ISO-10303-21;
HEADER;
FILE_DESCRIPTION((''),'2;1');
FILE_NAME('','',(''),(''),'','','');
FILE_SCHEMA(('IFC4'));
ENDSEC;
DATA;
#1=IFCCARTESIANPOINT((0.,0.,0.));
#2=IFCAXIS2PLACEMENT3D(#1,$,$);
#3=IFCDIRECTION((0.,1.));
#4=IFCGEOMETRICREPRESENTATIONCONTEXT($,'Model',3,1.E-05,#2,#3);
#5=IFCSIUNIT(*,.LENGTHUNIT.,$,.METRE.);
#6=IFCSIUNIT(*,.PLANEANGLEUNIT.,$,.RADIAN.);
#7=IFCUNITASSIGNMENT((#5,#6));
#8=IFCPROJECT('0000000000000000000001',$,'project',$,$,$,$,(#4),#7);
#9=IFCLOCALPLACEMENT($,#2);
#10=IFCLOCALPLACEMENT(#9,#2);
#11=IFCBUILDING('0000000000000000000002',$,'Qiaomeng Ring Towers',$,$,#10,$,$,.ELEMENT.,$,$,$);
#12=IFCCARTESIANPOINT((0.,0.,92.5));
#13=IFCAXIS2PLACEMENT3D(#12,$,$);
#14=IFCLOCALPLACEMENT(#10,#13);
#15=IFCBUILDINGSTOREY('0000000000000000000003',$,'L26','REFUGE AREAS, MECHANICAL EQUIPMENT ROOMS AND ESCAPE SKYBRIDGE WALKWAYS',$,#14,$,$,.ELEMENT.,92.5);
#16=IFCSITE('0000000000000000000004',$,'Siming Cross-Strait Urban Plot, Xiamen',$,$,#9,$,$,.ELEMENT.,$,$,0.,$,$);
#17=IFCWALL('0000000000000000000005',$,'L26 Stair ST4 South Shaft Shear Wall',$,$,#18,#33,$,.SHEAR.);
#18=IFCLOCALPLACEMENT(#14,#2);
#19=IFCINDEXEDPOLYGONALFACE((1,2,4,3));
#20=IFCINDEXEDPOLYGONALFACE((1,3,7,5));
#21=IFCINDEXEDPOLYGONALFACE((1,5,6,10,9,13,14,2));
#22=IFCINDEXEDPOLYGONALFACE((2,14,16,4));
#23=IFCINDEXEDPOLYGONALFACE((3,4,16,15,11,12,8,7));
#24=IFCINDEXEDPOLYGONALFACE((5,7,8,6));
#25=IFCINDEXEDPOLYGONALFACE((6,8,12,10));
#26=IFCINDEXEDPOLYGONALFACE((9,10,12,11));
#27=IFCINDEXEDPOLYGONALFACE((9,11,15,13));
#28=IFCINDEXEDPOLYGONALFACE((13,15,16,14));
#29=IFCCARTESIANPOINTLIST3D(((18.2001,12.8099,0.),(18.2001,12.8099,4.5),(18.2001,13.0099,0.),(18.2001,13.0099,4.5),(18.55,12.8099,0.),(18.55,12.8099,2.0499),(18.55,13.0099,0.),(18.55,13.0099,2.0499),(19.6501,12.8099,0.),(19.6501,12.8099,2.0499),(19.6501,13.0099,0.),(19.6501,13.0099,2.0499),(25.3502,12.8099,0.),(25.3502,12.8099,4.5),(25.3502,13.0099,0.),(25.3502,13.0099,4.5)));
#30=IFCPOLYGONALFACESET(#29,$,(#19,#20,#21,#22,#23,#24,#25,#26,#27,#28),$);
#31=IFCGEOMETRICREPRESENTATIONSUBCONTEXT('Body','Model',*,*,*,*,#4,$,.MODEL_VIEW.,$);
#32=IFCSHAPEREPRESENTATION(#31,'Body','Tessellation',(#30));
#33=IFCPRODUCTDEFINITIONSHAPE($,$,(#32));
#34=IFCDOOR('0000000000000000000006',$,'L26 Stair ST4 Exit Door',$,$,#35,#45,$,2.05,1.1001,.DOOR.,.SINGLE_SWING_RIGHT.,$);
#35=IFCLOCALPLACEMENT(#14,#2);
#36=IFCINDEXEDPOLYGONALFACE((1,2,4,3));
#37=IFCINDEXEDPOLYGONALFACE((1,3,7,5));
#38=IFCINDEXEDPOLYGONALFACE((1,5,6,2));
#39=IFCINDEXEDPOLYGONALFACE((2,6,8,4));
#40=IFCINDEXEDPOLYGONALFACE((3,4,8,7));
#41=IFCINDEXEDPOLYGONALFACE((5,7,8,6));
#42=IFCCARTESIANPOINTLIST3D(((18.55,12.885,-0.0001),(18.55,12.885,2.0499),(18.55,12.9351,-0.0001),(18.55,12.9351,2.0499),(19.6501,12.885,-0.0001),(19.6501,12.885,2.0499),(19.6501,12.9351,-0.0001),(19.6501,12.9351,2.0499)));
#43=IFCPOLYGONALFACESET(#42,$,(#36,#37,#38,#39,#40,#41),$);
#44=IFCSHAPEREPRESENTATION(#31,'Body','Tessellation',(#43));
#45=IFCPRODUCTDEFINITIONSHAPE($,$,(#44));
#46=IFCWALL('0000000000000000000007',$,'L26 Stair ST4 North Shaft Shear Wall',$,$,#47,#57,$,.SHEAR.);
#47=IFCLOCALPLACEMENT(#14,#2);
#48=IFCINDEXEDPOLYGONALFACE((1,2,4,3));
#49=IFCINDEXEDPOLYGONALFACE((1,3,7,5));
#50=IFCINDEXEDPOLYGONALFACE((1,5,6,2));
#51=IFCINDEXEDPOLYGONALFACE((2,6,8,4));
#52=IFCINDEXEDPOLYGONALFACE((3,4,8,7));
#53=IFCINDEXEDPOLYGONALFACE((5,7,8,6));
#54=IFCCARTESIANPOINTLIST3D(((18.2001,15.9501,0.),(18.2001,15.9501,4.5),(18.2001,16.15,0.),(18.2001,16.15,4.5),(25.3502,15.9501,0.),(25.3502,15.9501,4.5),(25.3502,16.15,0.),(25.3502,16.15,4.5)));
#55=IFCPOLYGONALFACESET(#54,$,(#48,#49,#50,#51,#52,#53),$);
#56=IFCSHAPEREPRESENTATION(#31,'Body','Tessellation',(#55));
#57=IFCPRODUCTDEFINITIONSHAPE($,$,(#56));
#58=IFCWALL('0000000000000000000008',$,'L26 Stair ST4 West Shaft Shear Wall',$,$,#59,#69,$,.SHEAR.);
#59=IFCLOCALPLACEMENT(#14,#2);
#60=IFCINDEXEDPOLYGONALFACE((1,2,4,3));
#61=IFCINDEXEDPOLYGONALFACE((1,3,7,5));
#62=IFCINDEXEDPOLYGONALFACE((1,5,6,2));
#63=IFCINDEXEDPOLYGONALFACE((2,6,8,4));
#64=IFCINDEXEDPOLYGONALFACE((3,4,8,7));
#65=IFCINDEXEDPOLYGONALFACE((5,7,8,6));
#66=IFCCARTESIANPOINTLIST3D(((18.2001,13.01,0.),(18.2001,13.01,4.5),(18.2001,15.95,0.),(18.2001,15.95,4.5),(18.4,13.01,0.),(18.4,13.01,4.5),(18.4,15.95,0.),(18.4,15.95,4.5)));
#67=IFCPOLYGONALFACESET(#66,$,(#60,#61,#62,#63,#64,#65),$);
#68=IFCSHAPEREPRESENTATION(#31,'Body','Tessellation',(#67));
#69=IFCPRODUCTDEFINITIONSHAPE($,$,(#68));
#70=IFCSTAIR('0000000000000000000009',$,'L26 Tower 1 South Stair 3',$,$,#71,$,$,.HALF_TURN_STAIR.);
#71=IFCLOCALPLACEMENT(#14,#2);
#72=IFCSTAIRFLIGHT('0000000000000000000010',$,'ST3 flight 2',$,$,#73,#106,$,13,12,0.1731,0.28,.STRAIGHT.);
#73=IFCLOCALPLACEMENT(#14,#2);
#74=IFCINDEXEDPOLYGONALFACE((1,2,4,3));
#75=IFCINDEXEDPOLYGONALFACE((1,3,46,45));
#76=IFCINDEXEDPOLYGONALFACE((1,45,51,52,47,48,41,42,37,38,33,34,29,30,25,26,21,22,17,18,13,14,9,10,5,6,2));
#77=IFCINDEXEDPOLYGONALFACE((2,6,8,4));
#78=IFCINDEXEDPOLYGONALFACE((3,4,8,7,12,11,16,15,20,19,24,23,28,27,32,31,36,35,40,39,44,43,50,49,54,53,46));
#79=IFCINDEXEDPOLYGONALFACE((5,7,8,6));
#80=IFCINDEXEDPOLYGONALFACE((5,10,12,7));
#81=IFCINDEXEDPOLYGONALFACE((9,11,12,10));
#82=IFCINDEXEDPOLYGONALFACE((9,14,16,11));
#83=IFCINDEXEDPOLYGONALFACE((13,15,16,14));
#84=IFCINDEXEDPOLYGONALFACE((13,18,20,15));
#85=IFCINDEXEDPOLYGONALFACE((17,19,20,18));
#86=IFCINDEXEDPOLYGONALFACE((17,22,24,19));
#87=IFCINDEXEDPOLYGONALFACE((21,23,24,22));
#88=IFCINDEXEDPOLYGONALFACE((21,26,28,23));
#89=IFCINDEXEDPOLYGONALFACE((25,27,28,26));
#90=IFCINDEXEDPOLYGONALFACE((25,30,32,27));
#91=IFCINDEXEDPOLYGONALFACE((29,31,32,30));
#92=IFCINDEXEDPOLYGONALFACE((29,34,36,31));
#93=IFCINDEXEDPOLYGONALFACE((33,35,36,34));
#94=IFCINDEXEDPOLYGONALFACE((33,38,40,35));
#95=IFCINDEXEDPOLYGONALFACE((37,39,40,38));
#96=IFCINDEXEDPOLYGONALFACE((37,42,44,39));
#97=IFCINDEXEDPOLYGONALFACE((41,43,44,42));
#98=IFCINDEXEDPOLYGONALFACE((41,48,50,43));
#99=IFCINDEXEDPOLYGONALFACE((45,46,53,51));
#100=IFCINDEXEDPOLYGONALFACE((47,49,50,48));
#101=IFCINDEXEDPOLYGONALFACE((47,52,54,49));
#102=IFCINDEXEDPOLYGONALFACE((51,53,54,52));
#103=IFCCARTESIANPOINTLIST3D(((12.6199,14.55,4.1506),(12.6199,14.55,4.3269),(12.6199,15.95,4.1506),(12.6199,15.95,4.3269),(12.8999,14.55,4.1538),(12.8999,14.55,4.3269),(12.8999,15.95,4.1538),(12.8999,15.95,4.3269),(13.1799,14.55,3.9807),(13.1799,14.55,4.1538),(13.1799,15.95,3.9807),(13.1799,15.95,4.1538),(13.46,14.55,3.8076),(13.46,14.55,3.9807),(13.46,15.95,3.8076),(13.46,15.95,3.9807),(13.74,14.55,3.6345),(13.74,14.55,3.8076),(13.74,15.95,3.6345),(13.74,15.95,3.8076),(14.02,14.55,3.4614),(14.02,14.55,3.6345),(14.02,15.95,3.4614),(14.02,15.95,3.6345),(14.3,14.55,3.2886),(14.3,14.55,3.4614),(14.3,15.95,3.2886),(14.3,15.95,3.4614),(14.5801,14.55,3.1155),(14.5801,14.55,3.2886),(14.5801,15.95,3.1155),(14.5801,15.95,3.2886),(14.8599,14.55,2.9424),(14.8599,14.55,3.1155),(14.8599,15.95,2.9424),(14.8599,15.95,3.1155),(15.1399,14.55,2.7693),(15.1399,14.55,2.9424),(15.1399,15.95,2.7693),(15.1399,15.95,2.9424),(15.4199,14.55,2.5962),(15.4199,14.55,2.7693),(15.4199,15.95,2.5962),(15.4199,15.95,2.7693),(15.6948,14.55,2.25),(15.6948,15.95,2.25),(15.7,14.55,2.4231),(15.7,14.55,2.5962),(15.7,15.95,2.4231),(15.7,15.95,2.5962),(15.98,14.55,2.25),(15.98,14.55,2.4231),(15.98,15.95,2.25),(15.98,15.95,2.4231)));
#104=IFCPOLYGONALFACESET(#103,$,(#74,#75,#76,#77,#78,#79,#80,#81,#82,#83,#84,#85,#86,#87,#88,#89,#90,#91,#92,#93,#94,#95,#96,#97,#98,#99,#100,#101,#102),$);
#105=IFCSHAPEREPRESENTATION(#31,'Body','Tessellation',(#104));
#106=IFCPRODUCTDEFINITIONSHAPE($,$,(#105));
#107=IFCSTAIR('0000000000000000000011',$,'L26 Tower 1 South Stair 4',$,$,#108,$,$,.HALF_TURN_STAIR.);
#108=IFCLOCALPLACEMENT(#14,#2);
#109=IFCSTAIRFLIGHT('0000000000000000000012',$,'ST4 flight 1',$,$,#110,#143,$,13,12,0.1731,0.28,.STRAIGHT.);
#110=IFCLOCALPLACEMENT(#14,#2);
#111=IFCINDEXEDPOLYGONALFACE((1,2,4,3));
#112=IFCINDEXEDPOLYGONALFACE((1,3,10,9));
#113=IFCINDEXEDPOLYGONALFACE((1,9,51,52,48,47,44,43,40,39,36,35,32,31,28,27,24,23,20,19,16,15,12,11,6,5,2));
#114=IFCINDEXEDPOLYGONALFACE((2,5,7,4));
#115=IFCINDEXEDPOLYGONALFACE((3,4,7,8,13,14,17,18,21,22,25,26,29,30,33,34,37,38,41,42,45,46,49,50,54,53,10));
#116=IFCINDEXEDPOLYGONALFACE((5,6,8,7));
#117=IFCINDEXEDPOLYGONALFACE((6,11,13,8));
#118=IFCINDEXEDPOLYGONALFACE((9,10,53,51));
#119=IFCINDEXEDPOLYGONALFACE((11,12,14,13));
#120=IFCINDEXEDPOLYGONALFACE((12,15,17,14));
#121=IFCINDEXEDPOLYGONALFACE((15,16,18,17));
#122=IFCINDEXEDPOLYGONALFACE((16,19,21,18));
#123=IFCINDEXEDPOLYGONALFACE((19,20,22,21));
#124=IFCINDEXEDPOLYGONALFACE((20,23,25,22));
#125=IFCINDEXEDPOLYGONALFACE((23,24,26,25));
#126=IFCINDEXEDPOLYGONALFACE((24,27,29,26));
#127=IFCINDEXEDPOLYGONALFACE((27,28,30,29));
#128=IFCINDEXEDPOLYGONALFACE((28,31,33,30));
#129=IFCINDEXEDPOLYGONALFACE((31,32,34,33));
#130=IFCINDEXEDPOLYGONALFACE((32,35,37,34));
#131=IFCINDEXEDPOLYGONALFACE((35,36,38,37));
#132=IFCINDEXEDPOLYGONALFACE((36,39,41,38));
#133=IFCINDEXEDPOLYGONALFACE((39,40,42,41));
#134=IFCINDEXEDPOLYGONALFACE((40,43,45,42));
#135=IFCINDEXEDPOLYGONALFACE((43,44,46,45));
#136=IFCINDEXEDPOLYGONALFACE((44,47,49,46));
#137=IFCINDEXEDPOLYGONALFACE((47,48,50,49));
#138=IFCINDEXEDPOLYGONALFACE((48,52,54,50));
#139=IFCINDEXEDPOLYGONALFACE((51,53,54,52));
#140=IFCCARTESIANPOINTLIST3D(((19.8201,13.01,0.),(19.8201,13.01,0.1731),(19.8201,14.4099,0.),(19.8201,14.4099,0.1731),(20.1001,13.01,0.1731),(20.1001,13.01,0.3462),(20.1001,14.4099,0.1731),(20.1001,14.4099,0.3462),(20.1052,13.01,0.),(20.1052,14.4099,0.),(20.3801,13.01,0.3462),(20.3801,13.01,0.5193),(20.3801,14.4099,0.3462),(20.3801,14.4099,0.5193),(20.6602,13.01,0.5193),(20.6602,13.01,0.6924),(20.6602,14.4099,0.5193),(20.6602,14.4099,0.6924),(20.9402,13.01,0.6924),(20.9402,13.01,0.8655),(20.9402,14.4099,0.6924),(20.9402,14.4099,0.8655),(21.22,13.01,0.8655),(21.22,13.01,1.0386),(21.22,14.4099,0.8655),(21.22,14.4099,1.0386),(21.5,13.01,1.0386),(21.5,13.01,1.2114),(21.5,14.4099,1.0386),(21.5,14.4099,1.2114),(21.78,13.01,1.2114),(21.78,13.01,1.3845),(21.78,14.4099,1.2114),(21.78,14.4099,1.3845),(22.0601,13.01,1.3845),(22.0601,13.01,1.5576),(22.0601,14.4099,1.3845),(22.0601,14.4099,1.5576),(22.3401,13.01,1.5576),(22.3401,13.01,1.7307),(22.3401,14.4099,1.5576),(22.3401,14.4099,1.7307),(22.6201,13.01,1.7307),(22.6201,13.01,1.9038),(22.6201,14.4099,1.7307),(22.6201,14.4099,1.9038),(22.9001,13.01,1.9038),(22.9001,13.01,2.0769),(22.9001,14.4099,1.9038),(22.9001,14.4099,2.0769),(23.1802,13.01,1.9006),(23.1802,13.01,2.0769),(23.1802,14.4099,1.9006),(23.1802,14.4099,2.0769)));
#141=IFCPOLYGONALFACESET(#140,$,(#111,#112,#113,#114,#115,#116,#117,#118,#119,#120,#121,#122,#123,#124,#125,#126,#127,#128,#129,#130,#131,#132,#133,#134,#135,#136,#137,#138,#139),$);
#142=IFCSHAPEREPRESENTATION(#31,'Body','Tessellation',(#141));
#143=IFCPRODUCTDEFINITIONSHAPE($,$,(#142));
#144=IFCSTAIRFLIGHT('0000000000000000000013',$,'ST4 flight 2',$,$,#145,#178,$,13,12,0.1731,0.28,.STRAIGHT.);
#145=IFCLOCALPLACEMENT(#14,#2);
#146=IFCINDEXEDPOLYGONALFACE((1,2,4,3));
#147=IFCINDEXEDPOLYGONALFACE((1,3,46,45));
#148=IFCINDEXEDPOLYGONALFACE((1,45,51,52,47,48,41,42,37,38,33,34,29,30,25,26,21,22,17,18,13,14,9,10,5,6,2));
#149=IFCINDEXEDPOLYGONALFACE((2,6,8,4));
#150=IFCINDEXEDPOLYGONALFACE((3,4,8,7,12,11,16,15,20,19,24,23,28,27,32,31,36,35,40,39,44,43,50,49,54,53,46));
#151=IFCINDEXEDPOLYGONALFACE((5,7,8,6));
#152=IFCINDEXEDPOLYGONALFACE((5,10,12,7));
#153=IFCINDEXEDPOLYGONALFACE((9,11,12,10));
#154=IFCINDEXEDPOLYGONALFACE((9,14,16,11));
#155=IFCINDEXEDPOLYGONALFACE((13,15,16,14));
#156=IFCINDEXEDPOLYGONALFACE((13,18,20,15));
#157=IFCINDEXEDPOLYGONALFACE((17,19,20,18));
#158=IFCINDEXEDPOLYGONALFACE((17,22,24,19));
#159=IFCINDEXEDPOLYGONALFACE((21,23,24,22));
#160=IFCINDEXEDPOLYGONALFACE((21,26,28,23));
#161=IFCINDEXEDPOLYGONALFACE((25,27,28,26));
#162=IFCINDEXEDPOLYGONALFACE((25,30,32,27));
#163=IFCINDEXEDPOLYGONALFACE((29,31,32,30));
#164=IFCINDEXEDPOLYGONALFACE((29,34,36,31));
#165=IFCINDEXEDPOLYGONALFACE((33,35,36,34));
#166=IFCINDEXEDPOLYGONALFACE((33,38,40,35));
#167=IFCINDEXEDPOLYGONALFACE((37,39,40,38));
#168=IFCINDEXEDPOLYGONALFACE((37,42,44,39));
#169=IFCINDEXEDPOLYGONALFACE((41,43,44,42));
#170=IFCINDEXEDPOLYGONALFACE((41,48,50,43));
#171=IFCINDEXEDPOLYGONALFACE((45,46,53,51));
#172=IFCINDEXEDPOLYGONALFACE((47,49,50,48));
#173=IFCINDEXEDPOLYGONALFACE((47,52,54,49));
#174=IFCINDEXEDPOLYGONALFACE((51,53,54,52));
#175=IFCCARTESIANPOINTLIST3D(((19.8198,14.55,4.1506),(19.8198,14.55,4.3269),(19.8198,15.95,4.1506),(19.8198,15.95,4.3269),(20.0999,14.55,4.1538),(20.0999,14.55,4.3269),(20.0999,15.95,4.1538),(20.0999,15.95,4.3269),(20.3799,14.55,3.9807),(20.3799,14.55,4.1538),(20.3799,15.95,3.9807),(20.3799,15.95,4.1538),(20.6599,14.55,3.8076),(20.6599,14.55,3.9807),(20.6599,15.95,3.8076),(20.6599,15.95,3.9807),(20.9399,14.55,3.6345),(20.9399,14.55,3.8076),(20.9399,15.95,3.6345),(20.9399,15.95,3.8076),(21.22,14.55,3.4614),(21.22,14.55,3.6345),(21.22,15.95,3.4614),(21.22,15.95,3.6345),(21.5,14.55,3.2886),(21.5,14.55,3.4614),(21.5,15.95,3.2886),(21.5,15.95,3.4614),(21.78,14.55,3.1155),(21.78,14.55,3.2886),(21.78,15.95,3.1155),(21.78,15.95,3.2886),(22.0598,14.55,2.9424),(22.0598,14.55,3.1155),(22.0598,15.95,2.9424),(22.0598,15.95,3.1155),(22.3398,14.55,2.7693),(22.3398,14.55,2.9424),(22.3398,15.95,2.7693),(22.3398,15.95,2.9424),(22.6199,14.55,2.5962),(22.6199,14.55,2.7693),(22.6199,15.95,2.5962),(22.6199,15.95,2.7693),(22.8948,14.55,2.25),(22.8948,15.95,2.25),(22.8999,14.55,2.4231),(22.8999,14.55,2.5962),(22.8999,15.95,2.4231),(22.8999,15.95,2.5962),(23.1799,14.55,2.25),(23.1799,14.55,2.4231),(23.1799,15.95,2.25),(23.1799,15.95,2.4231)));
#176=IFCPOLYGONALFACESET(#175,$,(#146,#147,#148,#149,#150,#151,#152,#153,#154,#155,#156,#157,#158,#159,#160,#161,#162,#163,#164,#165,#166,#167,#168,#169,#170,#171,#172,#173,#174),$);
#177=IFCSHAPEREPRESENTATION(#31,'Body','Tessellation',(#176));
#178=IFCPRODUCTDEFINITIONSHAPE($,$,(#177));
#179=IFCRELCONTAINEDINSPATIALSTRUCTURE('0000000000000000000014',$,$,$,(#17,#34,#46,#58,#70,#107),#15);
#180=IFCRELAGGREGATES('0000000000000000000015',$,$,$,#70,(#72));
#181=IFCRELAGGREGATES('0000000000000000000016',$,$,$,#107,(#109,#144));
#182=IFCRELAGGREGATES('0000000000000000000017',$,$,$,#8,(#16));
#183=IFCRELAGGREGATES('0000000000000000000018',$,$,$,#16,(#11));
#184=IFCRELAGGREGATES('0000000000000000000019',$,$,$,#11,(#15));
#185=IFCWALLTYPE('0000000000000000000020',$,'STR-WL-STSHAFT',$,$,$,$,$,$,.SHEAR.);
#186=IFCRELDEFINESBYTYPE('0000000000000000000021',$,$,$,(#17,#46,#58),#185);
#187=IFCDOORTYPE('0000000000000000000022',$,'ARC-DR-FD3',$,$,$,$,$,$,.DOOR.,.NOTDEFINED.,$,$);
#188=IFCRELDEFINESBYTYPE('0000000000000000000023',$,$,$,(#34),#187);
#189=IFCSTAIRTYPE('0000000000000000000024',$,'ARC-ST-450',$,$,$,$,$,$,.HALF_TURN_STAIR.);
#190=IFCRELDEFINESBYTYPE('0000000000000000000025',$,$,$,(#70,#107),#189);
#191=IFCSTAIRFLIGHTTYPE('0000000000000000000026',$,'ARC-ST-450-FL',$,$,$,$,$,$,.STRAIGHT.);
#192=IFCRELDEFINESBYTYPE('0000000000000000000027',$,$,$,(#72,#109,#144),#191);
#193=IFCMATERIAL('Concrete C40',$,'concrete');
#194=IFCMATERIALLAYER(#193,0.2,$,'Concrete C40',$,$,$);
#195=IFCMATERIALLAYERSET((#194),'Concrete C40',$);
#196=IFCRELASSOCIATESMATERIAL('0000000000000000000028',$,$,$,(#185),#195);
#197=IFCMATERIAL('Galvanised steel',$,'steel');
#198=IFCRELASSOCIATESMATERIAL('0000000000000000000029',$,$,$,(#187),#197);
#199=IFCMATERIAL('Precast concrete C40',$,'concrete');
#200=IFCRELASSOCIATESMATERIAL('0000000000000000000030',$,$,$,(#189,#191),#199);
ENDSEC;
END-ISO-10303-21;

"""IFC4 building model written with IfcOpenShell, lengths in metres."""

from ifc_helpers import new_model, si_unit, direction, frame, frame_2d, origin, place, context, subcontext, project, spatial, polyline, rectangle, outline, extrude, source, transform, mapped, material, layer, layer_set, type_object, element, fill, aggregate, save


model = new_model("IFC4")

# Units and contexts
model_context = context("Model", 3, precision=1e-05, world=origin(), true_north=direction((0.0, 1.0)))
body_context = subcontext(model_context, "Body", "Model", "MODEL_VIEW")
ifc_project = project(units=[si_unit("LENGTHUNIT", "METRE"), si_unit("PLANEANGLEUNIT", "RADIAN")], contexts=[model_context])

# Site, building, storey
site_placement = place(None, origin())
site = spatial("IfcSite", under=ifc_project, at=site_placement, Name="Siming Cross-Strait Urban Plot, Xiamen", CompositionType="ELEMENT", RefElevation=0.0)
building_placement = place(site_placement, origin())
building = spatial("IfcBuilding", under=site, at=building_placement, Name="Qiaomeng Ring Towers", CompositionType="ELEMENT")
storey_placement = place(building_placement, frame((0.0, 0.0, 92.5)))
storey = spatial("IfcBuildingStorey", under=building, at=storey_placement, Name="L26", Description="REFUGE AREAS, MECHANICAL EQUIPMENT ROOMS AND ESCAPE SKYBRIDGE WALKWAYS", CompositionType="ELEMENT", Elevation=92.5)

# Shared definitions
ifc_material_1 = material(Name="Concrete C40", Category="concrete")
ifc_layer_1 = layer(ifc_material_1, 0.2, Name="Concrete C40")
ifc_layer_set_1 = layer_set([ifc_layer_1], Name="Concrete C40")
wall_type_1 = type_object("IfcWallType", Name="STR-WL-STSHAFT", PredefinedType="SHEAR", material=ifc_layer_set_1)

# Wall, opening, door
wall_1_placement = place(storey_placement, frame((18.2, 12.9099, 0.0), z_axis=(0.0, 0.0, 1.0), x_axis=(1.0, 0.0, 0.0)))
wall_1 = element("IfcWall", 1, at=wall_1_placement, inside=storey, type_object=wall_type_1, Name="L26 Stair ST4 South Shaft Shear Wall", PredefinedType="SHEAR", context=body_context, shape_type="SweptSolid", body=[
    extrude(rectangle(XDim=7.1501, YDim=0.2, at=frame_2d((3.5752, 0.0))), origin(), (0.0, 0.0, 1.0), 4.5),
])
opening_placement = place(wall_1_placement, frame((0.3501, 0.0, 0.0)))
opening = element("IfcOpeningElement", 2, at=opening_placement, cuts=wall_1, PredefinedType="OPENING", context=body_context, shape_type="SweptSolid", body=[
    extrude(rectangle(XDim=1.1001, YDim=2.05, at=frame_2d((0.55, 1.0249))), frame((0.0, 0.1099, 0.0), z_axis=(0.0, -1.0, 0.0), x_axis=(1.0, 0.0, 0.0)), (0.0, 0.0, 1.0), 0.22),
])
ifc_material_2 = material(Name="Galvanised steel", Category="steel")
door_type = type_object("IfcDoorType", Name="ARC-DR-FD3", OperationType="NOTDEFINED", PredefinedType="DOOR", material=ifc_material_2)
shared_shape_1 = source(origin(), body_context, "Body", "SweptSolid", [
    extrude(rectangle(XDim=1.1001, YDim=2.05, at=frame_2d((0.55, 1.0249))), frame((0.0, 0.0249, 0.0), z_axis=(0.0, -1.0, 0.0), x_axis=(1.0, 0.0, 0.0)), (0.0, 0.0, 1.0), 0.05),
])
door_placement = place(opening_placement, frame((1.1001, 0.0, 0.0), z_axis=(0.0, 0.0, 1.0), x_axis=(-1.0, 0.0, 0.0)))
door = element("IfcDoor", 3, at=door_placement, inside=storey, type_object=door_type, Name="L26 Stair ST4 Exit Door", OperationType="SINGLE_SWING_RIGHT", OverallHeight=2.05, OverallWidth=1.1001, PredefinedType="DOOR", context=body_context, shape_type="MappedRepresentation", body=[
    mapped(shared_shape_1, transform((0.0, 0.0, 0.0), x_axis=(1.0, 0.0, 0.0), y_axis=(0.0, 1.0, 0.0), z_axis=(0.0, 0.0, 1.0), scale=1.0)),
])
fill(opening, door)

# Walls
wall_2_placement = place(storey_placement, frame((18.2, 16.05, 0.0), z_axis=(0.0, 0.0, 1.0), x_axis=(1.0, 0.0, 0.0)))
element("IfcWall", 4, at=wall_2_placement, inside=storey, type_object=wall_type_1, Name="L26 Stair ST4 North Shaft Shear Wall", PredefinedType="SHEAR", context=body_context, shape_type="SweptSolid", body=[
    extrude(rectangle(XDim=7.1501, YDim=0.2, at=frame_2d((3.5752, 0.0))), origin(), (0.0, 0.0, 1.0), 4.5),
])
wall_3_placement = place(storey_placement, frame((18.3, 13.01, 0.0), z_axis=(0.0, 0.0, 1.0), x_axis=(0.0, 1.0, 0.0)))
element("IfcWall", 5, at=wall_3_placement, inside=storey, type_object=wall_type_1, Name="L26 Stair ST4 West Shaft Shear Wall", PredefinedType="SHEAR", context=body_context, shape_type="SweptSolid", body=[
    extrude(rectangle(XDim=2.9399, YDim=0.2, at=frame_2d((1.47, 0.0))), origin(), (0.0, 0.0, 1.0), 4.5),
])

# Stair, stair flight
ifc_material_3 = material(Name="Precast concrete C40", Category="concrete")
stair_type = type_object("IfcStairType", Name="ARC-ST-450", PredefinedType="HALF_TURN_STAIR", material=ifc_material_3)
stair_1_placement = place(storey_placement, origin())
stair_1 = element("IfcStair", 6, at=stair_1_placement, inside=storey, type_object=stair_type, Name="L26 Tower 1 South Stair 3", PredefinedType="HALF_TURN_STAIR")
stair_flight_type = type_object("IfcStairFlightType", Name="ARC-ST-450-FL", PredefinedType="STRAIGHT", material=ifc_material_3)
shared_shape_2 = source(origin(), body_context, "Body", "SweptSolid", [
    extrude(outline(polyline([(0.0, 0.0), (0.0, 0.1731), (0.28, 0.1731), (0.28, 0.3462), (0.5601, 0.3462), (0.5601, 0.5193), (0.8401, 0.5193), (0.8401, 0.6924), (1.1201, 0.6924), (1.1201, 0.8655), (1.3999, 0.8655), (1.3999, 1.0386), (1.6799, 1.0386), (1.6799, 1.2114), (1.96, 1.2114), (1.96, 1.3845), (2.24, 1.3845), (2.24, 1.5576), (2.52, 1.5576), (2.52, 1.7307), (2.8, 1.7307), (2.8, 1.9038), (3.0801, 1.9038), (3.0801, 2.0769), (3.3601, 2.0769), (3.3601, 2.25), (3.3601, 1.9006), (0.2852, 0.0), (0.0, 0.0)])), frame((0.0, 0.7, 0.0), z_axis=(0.0, -1.0, 0.0), x_axis=(1.0, 0.0, 0.0)), (0.0, 0.0, 1.0), 1.3999),
])
stair_flight_1_placement = place(storey_placement, frame((15.98, 15.25, 2.25), z_axis=(0.0, 0.0, 1.0), x_axis=(-1.0, 0.0, 0.0)))
stair_flight_1 = element("IfcStairFlight", 7, at=stair_flight_1_placement, type_object=stair_flight_type, Name="ST3 flight 2", NumberOfRisers=13, NumberOfTreads=12, PredefinedType="STRAIGHT", RiserHeight=0.1731, TreadLength=0.28, context=body_context, shape_type="MappedRepresentation", body=[
    mapped(shared_shape_2, transform((0.0, 0.0, 0.0), x_axis=(1.0, 0.0, 0.0), y_axis=(0.0, 1.0, 0.0), z_axis=(0.0, 0.0, 1.0), scale=1.0)),
])
aggregate(stair_1, [stair_flight_1])

# Stair, stair flights
stair_2_placement = place(storey_placement, origin())
stair_2 = element("IfcStair", 8, at=stair_2_placement, inside=storey, type_object=stair_type, Name="L26 Tower 1 South Stair 4", PredefinedType="HALF_TURN_STAIR")
stair_flight_2_placement = place(storey_placement, frame((19.8201, 13.71, 0.0), z_axis=(0.0, 0.0, 1.0), x_axis=(1.0, 0.0, 0.0)))
stair_flight_2 = element("IfcStairFlight", 9, at=stair_flight_2_placement, type_object=stair_flight_type, Name="ST4 flight 1", NumberOfRisers=13, NumberOfTreads=12, PredefinedType="STRAIGHT", RiserHeight=0.1731, TreadLength=0.28, context=body_context, shape_type="MappedRepresentation", body=[
    mapped(shared_shape_2, transform((0.0, 0.0, 0.0), x_axis=(1.0, 0.0, 0.0), y_axis=(0.0, 1.0, 0.0), z_axis=(0.0, 0.0, 1.0), scale=1.0)),
])
stair_flight_3_placement = place(storey_placement, frame((23.1799, 15.25, 2.25), z_axis=(0.0, 0.0, 1.0), x_axis=(-1.0, 0.0, 0.0)))
stair_flight_3 = element("IfcStairFlight", 10, at=stair_flight_3_placement, type_object=stair_flight_type, Name="ST4 flight 2", NumberOfRisers=13, NumberOfTreads=12, PredefinedType="STRAIGHT", RiserHeight=0.1731, TreadLength=0.28, context=body_context, shape_type="MappedRepresentation", body=[
    mapped(shared_shape_2, transform((0.0, 0.0, 0.0), x_axis=(1.0, 0.0, 0.0), y_axis=(0.0, 1.0, 0.0), z_axis=(0.0, 0.0, 1.0), scale=1.0)),
])
aggregate(stair_2, [stair_flight_2, stair_flight_3])

save(model, "model.ifc")
